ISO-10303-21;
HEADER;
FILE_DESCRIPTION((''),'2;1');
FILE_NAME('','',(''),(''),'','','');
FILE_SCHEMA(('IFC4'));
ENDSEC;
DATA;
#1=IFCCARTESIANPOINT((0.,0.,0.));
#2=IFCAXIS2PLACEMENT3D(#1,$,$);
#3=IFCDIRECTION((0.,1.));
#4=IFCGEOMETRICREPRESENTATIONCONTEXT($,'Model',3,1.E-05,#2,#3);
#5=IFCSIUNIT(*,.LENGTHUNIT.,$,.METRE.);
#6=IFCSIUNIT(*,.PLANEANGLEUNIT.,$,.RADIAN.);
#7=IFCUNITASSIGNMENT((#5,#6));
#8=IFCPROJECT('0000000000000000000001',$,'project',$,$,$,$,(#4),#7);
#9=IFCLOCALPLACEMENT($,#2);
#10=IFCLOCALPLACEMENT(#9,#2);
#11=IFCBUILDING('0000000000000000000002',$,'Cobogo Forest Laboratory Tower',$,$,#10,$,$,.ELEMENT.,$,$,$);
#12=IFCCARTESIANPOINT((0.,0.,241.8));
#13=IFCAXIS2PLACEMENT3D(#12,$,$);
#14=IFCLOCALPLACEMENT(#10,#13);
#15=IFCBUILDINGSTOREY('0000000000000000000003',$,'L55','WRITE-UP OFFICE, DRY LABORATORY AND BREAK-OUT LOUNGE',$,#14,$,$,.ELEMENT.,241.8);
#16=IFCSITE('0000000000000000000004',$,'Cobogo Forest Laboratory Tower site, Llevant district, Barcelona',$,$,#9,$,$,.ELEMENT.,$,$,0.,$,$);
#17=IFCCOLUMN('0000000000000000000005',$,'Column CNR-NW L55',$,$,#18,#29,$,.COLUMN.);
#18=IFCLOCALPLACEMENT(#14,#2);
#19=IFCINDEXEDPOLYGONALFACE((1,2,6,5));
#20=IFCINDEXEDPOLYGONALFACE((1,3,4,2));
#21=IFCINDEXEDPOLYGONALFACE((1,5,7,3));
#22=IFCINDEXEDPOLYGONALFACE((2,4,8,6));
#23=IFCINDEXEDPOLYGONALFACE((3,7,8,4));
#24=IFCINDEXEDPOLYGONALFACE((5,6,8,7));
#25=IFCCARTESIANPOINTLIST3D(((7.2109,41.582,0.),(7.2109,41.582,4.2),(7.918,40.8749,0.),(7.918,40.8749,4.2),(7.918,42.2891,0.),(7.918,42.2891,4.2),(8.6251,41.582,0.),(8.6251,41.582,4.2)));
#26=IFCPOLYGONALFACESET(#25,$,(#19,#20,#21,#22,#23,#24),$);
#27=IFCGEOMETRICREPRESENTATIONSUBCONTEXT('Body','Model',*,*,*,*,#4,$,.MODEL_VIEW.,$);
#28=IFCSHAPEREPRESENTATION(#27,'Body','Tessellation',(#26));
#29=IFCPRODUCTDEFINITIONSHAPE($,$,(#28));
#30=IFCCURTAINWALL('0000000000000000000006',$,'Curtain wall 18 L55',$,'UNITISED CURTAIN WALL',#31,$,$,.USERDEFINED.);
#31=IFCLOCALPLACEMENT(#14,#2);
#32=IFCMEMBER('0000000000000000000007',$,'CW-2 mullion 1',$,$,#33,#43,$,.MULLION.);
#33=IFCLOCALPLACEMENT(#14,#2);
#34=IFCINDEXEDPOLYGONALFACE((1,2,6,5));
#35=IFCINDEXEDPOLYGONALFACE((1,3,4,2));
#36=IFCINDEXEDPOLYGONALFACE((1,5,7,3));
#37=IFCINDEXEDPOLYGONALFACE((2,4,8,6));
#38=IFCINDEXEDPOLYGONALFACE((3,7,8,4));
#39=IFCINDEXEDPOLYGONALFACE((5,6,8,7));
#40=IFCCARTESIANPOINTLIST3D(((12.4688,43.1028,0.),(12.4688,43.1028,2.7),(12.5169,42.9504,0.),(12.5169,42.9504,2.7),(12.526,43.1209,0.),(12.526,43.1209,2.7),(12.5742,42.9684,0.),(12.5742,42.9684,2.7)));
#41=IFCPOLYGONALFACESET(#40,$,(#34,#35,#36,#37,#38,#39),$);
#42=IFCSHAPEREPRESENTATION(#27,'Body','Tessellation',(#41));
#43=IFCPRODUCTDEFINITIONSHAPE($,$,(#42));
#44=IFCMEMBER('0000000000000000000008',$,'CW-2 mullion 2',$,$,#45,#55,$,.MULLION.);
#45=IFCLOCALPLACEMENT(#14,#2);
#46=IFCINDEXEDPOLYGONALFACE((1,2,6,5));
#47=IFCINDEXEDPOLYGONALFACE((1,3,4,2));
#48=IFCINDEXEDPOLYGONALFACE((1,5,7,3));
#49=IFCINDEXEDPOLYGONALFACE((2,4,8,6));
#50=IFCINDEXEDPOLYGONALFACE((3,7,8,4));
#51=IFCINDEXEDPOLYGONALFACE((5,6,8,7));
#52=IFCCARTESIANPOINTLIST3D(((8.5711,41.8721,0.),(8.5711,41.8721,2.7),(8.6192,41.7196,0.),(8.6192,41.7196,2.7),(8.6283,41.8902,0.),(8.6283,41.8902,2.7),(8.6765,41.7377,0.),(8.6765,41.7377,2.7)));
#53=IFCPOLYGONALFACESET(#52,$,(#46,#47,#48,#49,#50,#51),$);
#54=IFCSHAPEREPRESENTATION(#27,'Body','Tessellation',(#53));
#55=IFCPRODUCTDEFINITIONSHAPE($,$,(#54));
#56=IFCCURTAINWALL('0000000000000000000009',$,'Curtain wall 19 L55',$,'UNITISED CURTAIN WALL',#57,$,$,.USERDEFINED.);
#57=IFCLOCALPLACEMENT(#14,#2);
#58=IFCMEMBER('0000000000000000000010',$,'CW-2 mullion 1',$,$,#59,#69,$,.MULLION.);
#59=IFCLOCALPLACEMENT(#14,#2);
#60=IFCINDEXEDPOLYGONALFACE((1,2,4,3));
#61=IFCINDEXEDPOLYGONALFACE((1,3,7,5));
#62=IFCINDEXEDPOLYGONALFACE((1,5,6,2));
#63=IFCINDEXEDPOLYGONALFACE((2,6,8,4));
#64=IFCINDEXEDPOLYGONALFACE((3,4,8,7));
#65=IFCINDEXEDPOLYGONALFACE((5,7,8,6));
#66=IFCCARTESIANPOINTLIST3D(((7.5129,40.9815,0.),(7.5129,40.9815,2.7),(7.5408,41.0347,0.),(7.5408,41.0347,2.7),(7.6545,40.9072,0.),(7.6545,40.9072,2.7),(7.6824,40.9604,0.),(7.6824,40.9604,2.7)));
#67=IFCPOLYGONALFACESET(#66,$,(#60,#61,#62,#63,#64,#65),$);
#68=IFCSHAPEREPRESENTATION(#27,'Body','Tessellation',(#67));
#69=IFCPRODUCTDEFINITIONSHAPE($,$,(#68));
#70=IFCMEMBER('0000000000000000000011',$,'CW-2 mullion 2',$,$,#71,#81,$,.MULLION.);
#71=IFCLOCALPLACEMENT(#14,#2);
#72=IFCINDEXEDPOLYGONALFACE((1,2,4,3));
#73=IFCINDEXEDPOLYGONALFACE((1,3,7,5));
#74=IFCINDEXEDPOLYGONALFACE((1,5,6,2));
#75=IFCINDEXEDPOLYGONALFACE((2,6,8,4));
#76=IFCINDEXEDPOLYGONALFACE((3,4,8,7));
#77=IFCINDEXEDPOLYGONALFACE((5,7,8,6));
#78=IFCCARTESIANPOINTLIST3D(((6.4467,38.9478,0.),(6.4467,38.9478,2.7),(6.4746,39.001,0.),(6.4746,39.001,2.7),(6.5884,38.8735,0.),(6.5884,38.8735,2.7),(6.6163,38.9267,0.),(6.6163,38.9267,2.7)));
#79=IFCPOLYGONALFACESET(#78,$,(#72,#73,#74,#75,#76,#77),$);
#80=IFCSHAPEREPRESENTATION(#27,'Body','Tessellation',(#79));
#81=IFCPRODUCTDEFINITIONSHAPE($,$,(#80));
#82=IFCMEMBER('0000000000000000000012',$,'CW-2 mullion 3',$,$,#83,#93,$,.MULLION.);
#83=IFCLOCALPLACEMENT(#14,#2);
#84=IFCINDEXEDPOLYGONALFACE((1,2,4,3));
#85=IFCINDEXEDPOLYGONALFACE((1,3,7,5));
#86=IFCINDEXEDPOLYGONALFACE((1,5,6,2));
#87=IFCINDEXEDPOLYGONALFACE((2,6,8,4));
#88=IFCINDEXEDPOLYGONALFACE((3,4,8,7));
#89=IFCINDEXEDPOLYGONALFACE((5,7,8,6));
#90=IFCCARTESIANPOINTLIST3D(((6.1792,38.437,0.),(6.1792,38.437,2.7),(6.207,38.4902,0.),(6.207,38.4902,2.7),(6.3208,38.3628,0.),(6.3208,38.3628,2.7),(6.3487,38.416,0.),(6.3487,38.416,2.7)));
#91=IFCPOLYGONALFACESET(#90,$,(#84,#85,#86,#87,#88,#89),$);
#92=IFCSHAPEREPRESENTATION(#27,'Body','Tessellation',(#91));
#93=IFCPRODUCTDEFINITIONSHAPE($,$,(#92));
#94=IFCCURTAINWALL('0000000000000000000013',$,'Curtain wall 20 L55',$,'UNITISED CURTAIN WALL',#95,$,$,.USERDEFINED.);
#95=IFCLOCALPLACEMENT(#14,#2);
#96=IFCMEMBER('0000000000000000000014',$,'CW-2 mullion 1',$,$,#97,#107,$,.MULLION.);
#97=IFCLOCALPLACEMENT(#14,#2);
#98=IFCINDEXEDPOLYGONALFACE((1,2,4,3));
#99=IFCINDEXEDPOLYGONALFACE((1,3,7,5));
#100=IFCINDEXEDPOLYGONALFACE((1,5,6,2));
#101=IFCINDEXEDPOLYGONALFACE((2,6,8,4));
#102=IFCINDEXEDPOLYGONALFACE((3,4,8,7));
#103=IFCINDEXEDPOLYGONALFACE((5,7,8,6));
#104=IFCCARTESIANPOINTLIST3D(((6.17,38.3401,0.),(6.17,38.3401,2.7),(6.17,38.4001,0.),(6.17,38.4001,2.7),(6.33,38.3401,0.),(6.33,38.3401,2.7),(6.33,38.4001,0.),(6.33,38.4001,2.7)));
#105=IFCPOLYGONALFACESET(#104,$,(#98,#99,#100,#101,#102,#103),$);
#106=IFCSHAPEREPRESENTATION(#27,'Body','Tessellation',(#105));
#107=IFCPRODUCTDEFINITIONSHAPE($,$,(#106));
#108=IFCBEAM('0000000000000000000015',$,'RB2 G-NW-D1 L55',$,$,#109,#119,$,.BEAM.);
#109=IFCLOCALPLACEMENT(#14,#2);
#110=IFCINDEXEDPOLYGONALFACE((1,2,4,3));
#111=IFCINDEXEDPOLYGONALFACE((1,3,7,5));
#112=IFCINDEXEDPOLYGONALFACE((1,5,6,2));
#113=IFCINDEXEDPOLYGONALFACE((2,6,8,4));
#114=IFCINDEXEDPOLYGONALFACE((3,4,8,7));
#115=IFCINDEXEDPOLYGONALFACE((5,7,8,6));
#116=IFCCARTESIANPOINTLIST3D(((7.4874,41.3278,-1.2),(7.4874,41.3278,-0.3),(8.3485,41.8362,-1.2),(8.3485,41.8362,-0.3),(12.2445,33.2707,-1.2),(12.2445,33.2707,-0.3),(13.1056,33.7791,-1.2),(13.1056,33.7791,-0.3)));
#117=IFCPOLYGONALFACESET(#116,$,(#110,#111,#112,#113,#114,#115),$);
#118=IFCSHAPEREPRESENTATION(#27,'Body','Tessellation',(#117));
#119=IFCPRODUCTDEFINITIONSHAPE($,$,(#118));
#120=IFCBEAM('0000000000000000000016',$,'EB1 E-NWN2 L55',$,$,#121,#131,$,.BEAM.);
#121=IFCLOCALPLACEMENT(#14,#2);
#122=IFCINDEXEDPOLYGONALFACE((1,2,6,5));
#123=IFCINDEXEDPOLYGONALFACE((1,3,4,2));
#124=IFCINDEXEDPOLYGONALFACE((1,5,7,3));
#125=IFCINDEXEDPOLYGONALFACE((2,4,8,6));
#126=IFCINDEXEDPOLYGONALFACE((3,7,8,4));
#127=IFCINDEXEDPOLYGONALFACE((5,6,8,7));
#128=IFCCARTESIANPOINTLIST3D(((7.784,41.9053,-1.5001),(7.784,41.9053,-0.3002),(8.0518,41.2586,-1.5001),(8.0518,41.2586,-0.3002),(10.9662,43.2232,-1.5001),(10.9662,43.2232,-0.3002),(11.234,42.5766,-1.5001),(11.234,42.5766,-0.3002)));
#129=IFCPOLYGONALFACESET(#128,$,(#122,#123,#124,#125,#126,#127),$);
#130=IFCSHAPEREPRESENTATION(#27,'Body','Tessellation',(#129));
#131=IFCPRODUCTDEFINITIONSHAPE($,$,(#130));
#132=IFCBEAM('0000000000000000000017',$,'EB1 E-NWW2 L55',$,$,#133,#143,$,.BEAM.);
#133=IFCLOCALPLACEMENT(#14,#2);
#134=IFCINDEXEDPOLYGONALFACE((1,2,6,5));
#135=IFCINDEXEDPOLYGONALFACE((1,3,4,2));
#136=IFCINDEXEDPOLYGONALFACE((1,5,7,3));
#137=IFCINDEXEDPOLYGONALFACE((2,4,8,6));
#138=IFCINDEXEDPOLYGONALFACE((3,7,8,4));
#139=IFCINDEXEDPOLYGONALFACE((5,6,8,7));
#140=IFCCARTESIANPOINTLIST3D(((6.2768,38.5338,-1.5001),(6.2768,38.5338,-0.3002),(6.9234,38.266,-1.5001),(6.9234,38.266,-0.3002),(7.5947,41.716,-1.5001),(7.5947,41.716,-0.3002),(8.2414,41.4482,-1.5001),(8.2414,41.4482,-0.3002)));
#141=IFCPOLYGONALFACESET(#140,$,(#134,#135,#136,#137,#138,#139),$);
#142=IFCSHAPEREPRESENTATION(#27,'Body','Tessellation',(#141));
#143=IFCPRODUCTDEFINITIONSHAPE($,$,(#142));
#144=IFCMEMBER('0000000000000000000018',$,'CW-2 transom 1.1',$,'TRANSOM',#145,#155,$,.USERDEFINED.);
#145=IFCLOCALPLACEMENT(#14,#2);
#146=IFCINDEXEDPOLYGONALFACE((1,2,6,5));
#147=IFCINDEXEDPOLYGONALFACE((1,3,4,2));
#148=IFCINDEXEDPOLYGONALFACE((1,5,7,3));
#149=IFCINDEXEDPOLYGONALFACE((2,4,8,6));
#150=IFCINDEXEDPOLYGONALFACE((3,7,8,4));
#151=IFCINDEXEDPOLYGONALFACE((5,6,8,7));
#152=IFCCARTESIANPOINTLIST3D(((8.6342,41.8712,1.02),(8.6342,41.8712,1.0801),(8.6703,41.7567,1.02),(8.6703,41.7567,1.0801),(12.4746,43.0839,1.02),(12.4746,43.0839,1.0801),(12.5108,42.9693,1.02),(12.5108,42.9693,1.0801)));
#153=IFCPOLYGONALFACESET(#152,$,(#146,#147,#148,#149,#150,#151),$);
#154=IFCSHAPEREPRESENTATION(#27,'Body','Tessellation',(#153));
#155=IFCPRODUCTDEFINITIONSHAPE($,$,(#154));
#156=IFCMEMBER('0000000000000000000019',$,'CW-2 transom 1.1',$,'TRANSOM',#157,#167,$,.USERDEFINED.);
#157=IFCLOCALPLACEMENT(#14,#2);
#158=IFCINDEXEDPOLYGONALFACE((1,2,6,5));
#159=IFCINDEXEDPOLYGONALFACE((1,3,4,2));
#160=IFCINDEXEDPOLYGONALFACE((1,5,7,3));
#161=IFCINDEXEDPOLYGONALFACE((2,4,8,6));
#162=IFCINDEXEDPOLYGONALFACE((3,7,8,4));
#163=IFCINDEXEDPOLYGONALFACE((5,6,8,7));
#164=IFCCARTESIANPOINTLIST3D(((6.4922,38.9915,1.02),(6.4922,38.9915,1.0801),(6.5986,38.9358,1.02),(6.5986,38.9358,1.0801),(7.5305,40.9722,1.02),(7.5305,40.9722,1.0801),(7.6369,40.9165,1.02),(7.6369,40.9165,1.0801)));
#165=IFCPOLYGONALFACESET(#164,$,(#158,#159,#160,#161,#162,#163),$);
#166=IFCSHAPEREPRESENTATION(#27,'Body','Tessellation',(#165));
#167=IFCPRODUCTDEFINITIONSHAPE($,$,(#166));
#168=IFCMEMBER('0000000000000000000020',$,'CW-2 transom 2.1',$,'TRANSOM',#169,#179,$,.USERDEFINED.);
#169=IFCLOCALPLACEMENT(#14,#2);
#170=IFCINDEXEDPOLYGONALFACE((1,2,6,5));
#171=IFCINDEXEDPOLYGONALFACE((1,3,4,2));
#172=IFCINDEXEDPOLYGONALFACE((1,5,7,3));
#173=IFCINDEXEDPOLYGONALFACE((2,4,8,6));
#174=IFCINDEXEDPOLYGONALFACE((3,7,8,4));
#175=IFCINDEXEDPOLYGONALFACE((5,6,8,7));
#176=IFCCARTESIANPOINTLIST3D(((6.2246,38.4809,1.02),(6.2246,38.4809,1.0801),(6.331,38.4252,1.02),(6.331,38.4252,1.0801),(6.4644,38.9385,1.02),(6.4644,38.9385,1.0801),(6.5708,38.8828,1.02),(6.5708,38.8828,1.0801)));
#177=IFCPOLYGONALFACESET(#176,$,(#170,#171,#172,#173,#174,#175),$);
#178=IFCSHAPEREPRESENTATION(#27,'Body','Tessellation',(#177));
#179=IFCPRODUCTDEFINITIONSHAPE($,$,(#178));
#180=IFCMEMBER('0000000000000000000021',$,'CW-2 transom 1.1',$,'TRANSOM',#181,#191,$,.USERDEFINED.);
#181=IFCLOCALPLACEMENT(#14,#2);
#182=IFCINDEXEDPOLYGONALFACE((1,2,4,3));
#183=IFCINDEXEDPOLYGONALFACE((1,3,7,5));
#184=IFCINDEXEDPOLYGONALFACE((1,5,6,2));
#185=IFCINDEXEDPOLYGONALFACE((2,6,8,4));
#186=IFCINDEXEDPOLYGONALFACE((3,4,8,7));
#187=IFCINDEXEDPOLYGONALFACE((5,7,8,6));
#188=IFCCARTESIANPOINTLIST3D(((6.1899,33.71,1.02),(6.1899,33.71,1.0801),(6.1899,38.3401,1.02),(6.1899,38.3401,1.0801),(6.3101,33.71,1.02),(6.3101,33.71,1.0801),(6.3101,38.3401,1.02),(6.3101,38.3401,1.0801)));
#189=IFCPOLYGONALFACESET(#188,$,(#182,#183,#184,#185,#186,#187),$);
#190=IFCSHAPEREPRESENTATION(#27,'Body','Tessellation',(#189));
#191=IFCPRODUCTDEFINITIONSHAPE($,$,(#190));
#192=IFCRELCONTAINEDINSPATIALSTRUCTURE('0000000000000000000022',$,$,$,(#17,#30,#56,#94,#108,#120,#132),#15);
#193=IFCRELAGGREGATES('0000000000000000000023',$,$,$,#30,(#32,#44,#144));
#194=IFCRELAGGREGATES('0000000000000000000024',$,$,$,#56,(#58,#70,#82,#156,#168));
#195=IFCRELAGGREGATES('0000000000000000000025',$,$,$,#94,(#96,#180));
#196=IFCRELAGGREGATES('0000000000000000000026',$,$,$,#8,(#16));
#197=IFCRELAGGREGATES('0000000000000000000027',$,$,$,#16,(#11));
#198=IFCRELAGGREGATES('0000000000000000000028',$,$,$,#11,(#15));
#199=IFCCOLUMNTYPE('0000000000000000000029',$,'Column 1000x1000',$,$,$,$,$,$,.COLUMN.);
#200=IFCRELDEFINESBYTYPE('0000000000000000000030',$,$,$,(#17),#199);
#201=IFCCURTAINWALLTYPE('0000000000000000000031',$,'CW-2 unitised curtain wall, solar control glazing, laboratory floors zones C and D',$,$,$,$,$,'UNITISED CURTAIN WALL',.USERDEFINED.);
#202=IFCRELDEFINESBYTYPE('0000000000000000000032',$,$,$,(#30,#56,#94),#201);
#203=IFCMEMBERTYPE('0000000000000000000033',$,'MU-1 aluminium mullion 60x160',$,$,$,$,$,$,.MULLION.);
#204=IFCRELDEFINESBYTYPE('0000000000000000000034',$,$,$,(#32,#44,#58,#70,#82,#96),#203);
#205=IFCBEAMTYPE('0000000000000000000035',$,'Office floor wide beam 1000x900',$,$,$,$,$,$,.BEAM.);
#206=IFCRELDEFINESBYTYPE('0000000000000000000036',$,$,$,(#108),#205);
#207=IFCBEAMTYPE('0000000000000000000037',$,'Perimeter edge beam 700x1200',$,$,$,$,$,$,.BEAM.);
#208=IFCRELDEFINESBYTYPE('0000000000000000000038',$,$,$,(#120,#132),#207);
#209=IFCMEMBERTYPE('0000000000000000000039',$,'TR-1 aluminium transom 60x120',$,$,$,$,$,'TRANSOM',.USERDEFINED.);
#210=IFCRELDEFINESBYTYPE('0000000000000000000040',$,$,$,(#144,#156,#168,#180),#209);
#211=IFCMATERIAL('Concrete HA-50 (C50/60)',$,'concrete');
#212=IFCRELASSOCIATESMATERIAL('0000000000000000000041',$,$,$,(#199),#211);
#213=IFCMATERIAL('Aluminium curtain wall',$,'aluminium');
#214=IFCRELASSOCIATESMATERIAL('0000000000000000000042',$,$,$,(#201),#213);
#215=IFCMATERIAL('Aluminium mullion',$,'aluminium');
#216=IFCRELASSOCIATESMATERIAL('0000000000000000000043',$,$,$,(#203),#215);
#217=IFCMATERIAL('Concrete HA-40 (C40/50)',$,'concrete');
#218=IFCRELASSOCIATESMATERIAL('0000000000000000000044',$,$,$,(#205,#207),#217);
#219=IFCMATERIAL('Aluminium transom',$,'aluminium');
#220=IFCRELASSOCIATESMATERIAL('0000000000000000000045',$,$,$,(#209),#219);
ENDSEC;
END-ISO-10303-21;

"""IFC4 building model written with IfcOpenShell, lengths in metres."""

from ifc_helpers import new_model, si_unit, direction, frame, origin, origin_2d, place, context, subcontext, project, spatial, rectangle, extrude, material, material_profile, profile_set, type_object, element, aggregate, save


model = new_model("IFC4")

# Units and contexts
model_context = context("Model", 3, precision=1e-05, world=origin(), true_north=direction((0.0, 1.0)))
body_context = subcontext(model_context, "Body", "Model", "MODEL_VIEW")
ifc_project = project(units=[si_unit("LENGTHUNIT", "METRE"), si_unit("PLANEANGLEUNIT", "RADIAN")], contexts=[model_context])

# Site, building, storey
site_placement = place(None, origin())
site = spatial("IfcSite", under=ifc_project, at=site_placement, Name="Cobogo Forest Laboratory Tower site, Llevant district, Barcelona", CompositionType="ELEMENT", RefElevation=0.0)
building_placement = place(site_placement, origin())
building = spatial("IfcBuilding", under=site, at=building_placement, Name="Cobogo Forest Laboratory Tower", CompositionType="ELEMENT")
storey_placement = place(building_placement, frame((0.0, 0.0, 241.8)))
storey = spatial("IfcBuildingStorey", under=building, at=storey_placement, Name="L55", Description="WRITE-UP OFFICE, DRY LABORATORY AND BREAK-OUT LOUNGE", CompositionType="ELEMENT", Elevation=241.8)

# Column
ifc_material_1 = material(Name="Concrete HA-50 (C50/60)", Category="concrete")
ifc_material_profile_1 = material_profile(ifc_material_1, rectangle(XDim=1.0, YDim=1.0, at=origin_2d()), Name="RC 1000x1000")
ifc_profile_set_1 = profile_set([ifc_material_profile_1], Name="Concrete HA-50 (C50/60)")
column_type = type_object("IfcColumnType", Name="Column 1000x1000", PredefinedType="COLUMN", material=ifc_profile_set_1)
column_placement = place(storey_placement, frame((7.918, 41.582, 0.0), z_axis=(0.0, 0.0, 1.0), x_axis=(0.707107, 0.707107, 0.0)))
element("IfcColumn", 1, at=column_placement, inside=storey, type_object=column_type, Name="Column CNR-NW L55", PredefinedType="COLUMN", context=body_context, shape_type="SweptSolid", body=[
    extrude(rectangle(XDim=1.0, YDim=1.0, at=origin_2d()), origin(), (0.0, 0.0, 1.0), 4.2),
])

# Curtain walls, members
ifc_material_2 = material(Name="Aluminium curtain wall", Category="aluminium")
curtain_wall_type = type_object("IfcCurtainWallType", Name="CW-2 unitised curtain wall, solar control glazing, laboratory floors zones C and D", ElementType="UNITISED CURTAIN WALL", PredefinedType="USERDEFINED", material=ifc_material_2)
curtain_wall_1_placement = place(storey_placement, origin())
curtain_wall_1 = element("IfcCurtainWall", 2, at=curtain_wall_1_placement, inside=storey, type_object=curtain_wall_type, Name="Curtain wall 18 L55", ObjectType="UNITISED CURTAIN WALL", PredefinedType="USERDEFINED")
ifc_material_3 = material(Name="Aluminium mullion", Category="aluminium")
ifc_material_profile_2 = material_profile(ifc_material_3, rectangle(XDim=0.0601, YDim=0.1599, at=origin_2d()), Name="AL 60x160")
ifc_profile_set_2 = profile_set([ifc_material_profile_2], Name="Aluminium mullion")
member_type_1 = type_object("IfcMemberType", Name="MU-1 aluminium mullion 60x160", PredefinedType="MULLION", material=ifc_profile_set_2)
member_1_placement = place(storey_placement, frame((12.5215, 43.0356, 0.0), z_axis=(0.0, 0.0, 1.0), x_axis=(-0.953581, -0.301135, 0.0)))
member_1 = element("IfcMember", 3, at=member_1_placement, type_object=member_type_1, Name="CW-2 mullion 1", PredefinedType="MULLION", context=body_context, shape_type="SweptSolid", body=[
    extrude(rectangle(XDim=0.0601, YDim=0.1599, at=origin_2d()), origin(), (0.0, 0.0, 1.0), 2.7),
])
member_2_placement = place(storey_placement, frame((8.6238, 41.8049, 0.0), z_axis=(0.0, 0.0, 1.0), x_axis=(-0.953581, -0.301135, 0.0)))
member_2 = element("IfcMember", 4, at=member_2_placement, type_object=member_type_1, Name="CW-2 mullion 2", PredefinedType="MULLION", context=body_context, shape_type="SweptSolid", body=[
    extrude(rectangle(XDim=0.0601, YDim=0.1599, at=origin_2d()), origin(), (0.0, 0.0, 1.0), 2.7),
])
curtain_wall_2_placement = place(storey_placement, origin())
curtain_wall_2 = element("IfcCurtainWall", 5, at=curtain_wall_2_placement, inside=storey, type_object=curtain_wall_type, Name="Curtain wall 19 L55", ObjectType="UNITISED CURTAIN WALL", PredefinedType="USERDEFINED")
member_3_placement = place(storey_placement, frame((7.5977, 40.9709, 0.0), z_axis=(0.0, 0.0, 1.0), x_axis=(-0.464284, -0.885686, 0.0)))
member_3 = element("IfcMember", 6, at=member_3_placement, type_object=member_type_1, Name="CW-2 mullion 1", PredefinedType="MULLION", context=body_context, shape_type="SweptSolid", body=[
    extrude(rectangle(XDim=0.0601, YDim=0.1599, at=origin_2d()), origin(), (0.0, 0.0, 1.0), 2.7),
])
member_4_placement = place(storey_placement, frame((6.5315, 38.9373, 0.0), z_axis=(0.0, 0.0, 1.0), x_axis=(-0.464284, -0.885686, 0.0)))
member_4 = element("IfcMember", 7, at=member_4_placement, type_object=member_type_1, Name="CW-2 mullion 2", PredefinedType="MULLION", context=body_context, shape_type="SweptSolid", body=[
    extrude(rectangle(XDim=0.0601, YDim=0.1599, at=origin_2d()), origin(), (0.0, 0.0, 1.0), 2.7),
])
member_5_placement = place(storey_placement, frame((6.2639, 38.4265, 0.0), z_axis=(0.0, 0.0, 1.0), x_axis=(-0.464284, -0.885686, 0.0)))
member_5 = element("IfcMember", 8, at=member_5_placement, type_object=member_type_1, Name="CW-2 mullion 3", PredefinedType="MULLION", context=body_context, shape_type="SweptSolid", body=[
    extrude(rectangle(XDim=0.0601, YDim=0.1599, at=origin_2d()), origin(), (0.0, 0.0, 1.0), 2.7),
])

# Curtain wall, member
curtain_wall_3_placement = place(storey_placement, origin())
curtain_wall_3 = element("IfcCurtainWall", 9, at=curtain_wall_3_placement, inside=storey, type_object=curtain_wall_type, Name="Curtain wall 20 L55", ObjectType="UNITISED CURTAIN WALL", PredefinedType="USERDEFINED")
member_6_placement = place(storey_placement, frame((6.25, 38.3701, 0.0), z_axis=(0.0, 0.0, 1.0), x_axis=(0.0, -1.0, 0.0)))
member_6 = element("IfcMember", 10, at=member_6_placement, type_object=member_type_1, Name="CW-2 mullion 1", PredefinedType="MULLION", context=body_context, shape_type="SweptSolid", body=[
    extrude(rectangle(XDim=0.0601, YDim=0.1599, at=origin_2d()), origin(), (0.0, 0.0, 1.0), 2.7),
])

# Beams
ifc_material_4 = material(Name="Concrete HA-40 (C40/50)", Category="concrete")
ifc_material_profile_3 = material_profile(ifc_material_4, rectangle(XDim=1.0, YDim=0.8999, at=origin_2d()), Name="RC 1000x900")
ifc_profile_set_3 = profile_set([ifc_material_profile_3], Name="Concrete HA-40 (C40/50)")
beam_type_1 = type_object("IfcBeamType", Name="Office floor wide beam 1000x900", PredefinedType="BEAM", material=ifc_profile_set_3)
beam_placement = place(storey_placement, frame((7.918, 41.582, -0.75), z_axis=(0.508416, -0.861111, 0.0), x_axis=(0.861111, 0.508416, 0.0)))
element("IfcBeam", 11, at=beam_placement, inside=storey, type_object=beam_type_1, Name="RB2 G-NW-D1 L55", PredefinedType="BEAM", context=body_context, shape_type="SweptSolid", body=[
    extrude(rectangle(XDim=1.0, YDim=0.8999, at=origin_2d()), origin(), (0.0, 0.0, 1.0), 9.3567),
])
ifc_material_profile_4 = material_profile(ifc_material_4, rectangle(XDim=0.7, YDim=1.2, at=origin_2d()), Name="RC 700x1200")
ifc_profile_set_4 = profile_set([ifc_material_profile_4], Name="Concrete HA-40 (C40/50)")
beam_type_2 = type_object("IfcBeamType", Name="Perimeter edge beam 700x1200", PredefinedType="BEAM", material=ifc_profile_set_4)
for number, where, z_axis, x_axis, name in (
    (12, (11.1001, 42.8999, -0.9001), (-0.923901, -0.382631, 0.0), (0.382631, -0.923901, 0.0), "EB1 E-NWN2 L55"),
    (13, (6.6001, 38.3999, -0.9001), (0.382631, 0.923901, 0.0), (-0.923901, 0.382631, 0.0), "EB1 E-NWW2 L55"),
):
    element("IfcBeam", number, at=place(storey_placement, frame(where, z_axis=z_axis, x_axis=x_axis)), inside=storey, type_object=beam_type_2, Name=name, PredefinedType="BEAM", context=body_context, shape_type="SweptSolid", body=[
        extrude(rectangle(XDim=0.7, YDim=1.2, at=origin_2d()), origin(), (0.0, 0.0, 1.0), 3.4443),
    ])

# Members
ifc_material_5 = material(Name="Aluminium transom", Category="aluminium")
ifc_material_profile_5 = material_profile(ifc_material_5, rectangle(XDim=0.1201, YDim=0.0601, at=origin_2d()), Name="AL 60x120")
ifc_profile_set_5 = profile_set([ifc_material_profile_5], Name="Aluminium transom")
member_type_2 = type_object("IfcMemberType", Name="TR-1 aluminium transom 60x120", ElementType="TRANSOM", PredefinedType="USERDEFINED", material=ifc_profile_set_5)
member_7_placement = place(storey_placement, frame((12.4927, 43.0266, 1.05), z_axis=(-0.953589, -0.301111, 0.0), x_axis=(0.301111, -0.953589, 0.0)))
member_7 = element("IfcMember", 14, at=member_7_placement, type_object=member_type_2, Name="CW-2 transom 1.1", ObjectType="TRANSOM", PredefinedType="USERDEFINED", context=body_context, shape_type="SweptSolid", body=[
    extrude(rectangle(XDim=0.1201, YDim=0.0601, at=origin_2d()), origin(), (0.0, 0.0, 1.0), 4.0273),
])
member_8_placement = place(storey_placement, frame((7.5837, 40.9443, 1.05), z_axis=(-0.464293, -0.885682, 0.0), x_axis=(0.885682, -0.464293, 0.0)))
member_8 = element("IfcMember", 15, at=member_8_placement, type_object=member_type_2, Name="CW-2 transom 1.1", ObjectType="TRANSOM", PredefinedType="USERDEFINED", context=body_context, shape_type="SweptSolid", body=[
    extrude(rectangle(XDim=0.1201, YDim=0.0601, at=origin_2d()), origin(), (0.0, 0.0, 1.0), 2.2363),
])
member_9_placement = place(storey_placement, frame((6.5176, 38.9106, 1.05), z_axis=(-0.464148, -0.885758, 0.0), x_axis=(0.885758, -0.464148, 0.0)))
member_9 = element("IfcMember", 16, at=member_9_placement, type_object=member_type_2, Name="CW-2 transom 2.1", ObjectType="TRANSOM", PredefinedType="USERDEFINED", context=body_context, shape_type="SweptSolid", body=[
    extrude(rectangle(XDim=0.1201, YDim=0.0601, at=origin_2d()), origin(), (0.0, 0.0, 1.0), 0.5166),
])
member_10_placement = place(storey_placement, frame((6.25, 38.3401, 1.05), z_axis=(0.0, -1.0, 0.0), x_axis=(1.0, 0.0, 0.0)))
member_10 = element("IfcMember", 17, at=member_10_placement, type_object=member_type_2, Name="CW-2 transom 1.1", ObjectType="TRANSOM", PredefinedType="USERDEFINED", context=body_context, shape_type="SweptSolid", body=[
    extrude(rectangle(XDim=0.1201, YDim=0.0601, at=origin_2d()), origin(), (0.0, 0.0, 1.0), 4.6301),
])

aggregate(curtain_wall_1, [member_1, member_2, member_7])
aggregate(curtain_wall_2, [member_3, member_4, member_5, member_8, member_9])
aggregate(curtain_wall_3, [member_6, member_10])

save(model, "model.ifc")
